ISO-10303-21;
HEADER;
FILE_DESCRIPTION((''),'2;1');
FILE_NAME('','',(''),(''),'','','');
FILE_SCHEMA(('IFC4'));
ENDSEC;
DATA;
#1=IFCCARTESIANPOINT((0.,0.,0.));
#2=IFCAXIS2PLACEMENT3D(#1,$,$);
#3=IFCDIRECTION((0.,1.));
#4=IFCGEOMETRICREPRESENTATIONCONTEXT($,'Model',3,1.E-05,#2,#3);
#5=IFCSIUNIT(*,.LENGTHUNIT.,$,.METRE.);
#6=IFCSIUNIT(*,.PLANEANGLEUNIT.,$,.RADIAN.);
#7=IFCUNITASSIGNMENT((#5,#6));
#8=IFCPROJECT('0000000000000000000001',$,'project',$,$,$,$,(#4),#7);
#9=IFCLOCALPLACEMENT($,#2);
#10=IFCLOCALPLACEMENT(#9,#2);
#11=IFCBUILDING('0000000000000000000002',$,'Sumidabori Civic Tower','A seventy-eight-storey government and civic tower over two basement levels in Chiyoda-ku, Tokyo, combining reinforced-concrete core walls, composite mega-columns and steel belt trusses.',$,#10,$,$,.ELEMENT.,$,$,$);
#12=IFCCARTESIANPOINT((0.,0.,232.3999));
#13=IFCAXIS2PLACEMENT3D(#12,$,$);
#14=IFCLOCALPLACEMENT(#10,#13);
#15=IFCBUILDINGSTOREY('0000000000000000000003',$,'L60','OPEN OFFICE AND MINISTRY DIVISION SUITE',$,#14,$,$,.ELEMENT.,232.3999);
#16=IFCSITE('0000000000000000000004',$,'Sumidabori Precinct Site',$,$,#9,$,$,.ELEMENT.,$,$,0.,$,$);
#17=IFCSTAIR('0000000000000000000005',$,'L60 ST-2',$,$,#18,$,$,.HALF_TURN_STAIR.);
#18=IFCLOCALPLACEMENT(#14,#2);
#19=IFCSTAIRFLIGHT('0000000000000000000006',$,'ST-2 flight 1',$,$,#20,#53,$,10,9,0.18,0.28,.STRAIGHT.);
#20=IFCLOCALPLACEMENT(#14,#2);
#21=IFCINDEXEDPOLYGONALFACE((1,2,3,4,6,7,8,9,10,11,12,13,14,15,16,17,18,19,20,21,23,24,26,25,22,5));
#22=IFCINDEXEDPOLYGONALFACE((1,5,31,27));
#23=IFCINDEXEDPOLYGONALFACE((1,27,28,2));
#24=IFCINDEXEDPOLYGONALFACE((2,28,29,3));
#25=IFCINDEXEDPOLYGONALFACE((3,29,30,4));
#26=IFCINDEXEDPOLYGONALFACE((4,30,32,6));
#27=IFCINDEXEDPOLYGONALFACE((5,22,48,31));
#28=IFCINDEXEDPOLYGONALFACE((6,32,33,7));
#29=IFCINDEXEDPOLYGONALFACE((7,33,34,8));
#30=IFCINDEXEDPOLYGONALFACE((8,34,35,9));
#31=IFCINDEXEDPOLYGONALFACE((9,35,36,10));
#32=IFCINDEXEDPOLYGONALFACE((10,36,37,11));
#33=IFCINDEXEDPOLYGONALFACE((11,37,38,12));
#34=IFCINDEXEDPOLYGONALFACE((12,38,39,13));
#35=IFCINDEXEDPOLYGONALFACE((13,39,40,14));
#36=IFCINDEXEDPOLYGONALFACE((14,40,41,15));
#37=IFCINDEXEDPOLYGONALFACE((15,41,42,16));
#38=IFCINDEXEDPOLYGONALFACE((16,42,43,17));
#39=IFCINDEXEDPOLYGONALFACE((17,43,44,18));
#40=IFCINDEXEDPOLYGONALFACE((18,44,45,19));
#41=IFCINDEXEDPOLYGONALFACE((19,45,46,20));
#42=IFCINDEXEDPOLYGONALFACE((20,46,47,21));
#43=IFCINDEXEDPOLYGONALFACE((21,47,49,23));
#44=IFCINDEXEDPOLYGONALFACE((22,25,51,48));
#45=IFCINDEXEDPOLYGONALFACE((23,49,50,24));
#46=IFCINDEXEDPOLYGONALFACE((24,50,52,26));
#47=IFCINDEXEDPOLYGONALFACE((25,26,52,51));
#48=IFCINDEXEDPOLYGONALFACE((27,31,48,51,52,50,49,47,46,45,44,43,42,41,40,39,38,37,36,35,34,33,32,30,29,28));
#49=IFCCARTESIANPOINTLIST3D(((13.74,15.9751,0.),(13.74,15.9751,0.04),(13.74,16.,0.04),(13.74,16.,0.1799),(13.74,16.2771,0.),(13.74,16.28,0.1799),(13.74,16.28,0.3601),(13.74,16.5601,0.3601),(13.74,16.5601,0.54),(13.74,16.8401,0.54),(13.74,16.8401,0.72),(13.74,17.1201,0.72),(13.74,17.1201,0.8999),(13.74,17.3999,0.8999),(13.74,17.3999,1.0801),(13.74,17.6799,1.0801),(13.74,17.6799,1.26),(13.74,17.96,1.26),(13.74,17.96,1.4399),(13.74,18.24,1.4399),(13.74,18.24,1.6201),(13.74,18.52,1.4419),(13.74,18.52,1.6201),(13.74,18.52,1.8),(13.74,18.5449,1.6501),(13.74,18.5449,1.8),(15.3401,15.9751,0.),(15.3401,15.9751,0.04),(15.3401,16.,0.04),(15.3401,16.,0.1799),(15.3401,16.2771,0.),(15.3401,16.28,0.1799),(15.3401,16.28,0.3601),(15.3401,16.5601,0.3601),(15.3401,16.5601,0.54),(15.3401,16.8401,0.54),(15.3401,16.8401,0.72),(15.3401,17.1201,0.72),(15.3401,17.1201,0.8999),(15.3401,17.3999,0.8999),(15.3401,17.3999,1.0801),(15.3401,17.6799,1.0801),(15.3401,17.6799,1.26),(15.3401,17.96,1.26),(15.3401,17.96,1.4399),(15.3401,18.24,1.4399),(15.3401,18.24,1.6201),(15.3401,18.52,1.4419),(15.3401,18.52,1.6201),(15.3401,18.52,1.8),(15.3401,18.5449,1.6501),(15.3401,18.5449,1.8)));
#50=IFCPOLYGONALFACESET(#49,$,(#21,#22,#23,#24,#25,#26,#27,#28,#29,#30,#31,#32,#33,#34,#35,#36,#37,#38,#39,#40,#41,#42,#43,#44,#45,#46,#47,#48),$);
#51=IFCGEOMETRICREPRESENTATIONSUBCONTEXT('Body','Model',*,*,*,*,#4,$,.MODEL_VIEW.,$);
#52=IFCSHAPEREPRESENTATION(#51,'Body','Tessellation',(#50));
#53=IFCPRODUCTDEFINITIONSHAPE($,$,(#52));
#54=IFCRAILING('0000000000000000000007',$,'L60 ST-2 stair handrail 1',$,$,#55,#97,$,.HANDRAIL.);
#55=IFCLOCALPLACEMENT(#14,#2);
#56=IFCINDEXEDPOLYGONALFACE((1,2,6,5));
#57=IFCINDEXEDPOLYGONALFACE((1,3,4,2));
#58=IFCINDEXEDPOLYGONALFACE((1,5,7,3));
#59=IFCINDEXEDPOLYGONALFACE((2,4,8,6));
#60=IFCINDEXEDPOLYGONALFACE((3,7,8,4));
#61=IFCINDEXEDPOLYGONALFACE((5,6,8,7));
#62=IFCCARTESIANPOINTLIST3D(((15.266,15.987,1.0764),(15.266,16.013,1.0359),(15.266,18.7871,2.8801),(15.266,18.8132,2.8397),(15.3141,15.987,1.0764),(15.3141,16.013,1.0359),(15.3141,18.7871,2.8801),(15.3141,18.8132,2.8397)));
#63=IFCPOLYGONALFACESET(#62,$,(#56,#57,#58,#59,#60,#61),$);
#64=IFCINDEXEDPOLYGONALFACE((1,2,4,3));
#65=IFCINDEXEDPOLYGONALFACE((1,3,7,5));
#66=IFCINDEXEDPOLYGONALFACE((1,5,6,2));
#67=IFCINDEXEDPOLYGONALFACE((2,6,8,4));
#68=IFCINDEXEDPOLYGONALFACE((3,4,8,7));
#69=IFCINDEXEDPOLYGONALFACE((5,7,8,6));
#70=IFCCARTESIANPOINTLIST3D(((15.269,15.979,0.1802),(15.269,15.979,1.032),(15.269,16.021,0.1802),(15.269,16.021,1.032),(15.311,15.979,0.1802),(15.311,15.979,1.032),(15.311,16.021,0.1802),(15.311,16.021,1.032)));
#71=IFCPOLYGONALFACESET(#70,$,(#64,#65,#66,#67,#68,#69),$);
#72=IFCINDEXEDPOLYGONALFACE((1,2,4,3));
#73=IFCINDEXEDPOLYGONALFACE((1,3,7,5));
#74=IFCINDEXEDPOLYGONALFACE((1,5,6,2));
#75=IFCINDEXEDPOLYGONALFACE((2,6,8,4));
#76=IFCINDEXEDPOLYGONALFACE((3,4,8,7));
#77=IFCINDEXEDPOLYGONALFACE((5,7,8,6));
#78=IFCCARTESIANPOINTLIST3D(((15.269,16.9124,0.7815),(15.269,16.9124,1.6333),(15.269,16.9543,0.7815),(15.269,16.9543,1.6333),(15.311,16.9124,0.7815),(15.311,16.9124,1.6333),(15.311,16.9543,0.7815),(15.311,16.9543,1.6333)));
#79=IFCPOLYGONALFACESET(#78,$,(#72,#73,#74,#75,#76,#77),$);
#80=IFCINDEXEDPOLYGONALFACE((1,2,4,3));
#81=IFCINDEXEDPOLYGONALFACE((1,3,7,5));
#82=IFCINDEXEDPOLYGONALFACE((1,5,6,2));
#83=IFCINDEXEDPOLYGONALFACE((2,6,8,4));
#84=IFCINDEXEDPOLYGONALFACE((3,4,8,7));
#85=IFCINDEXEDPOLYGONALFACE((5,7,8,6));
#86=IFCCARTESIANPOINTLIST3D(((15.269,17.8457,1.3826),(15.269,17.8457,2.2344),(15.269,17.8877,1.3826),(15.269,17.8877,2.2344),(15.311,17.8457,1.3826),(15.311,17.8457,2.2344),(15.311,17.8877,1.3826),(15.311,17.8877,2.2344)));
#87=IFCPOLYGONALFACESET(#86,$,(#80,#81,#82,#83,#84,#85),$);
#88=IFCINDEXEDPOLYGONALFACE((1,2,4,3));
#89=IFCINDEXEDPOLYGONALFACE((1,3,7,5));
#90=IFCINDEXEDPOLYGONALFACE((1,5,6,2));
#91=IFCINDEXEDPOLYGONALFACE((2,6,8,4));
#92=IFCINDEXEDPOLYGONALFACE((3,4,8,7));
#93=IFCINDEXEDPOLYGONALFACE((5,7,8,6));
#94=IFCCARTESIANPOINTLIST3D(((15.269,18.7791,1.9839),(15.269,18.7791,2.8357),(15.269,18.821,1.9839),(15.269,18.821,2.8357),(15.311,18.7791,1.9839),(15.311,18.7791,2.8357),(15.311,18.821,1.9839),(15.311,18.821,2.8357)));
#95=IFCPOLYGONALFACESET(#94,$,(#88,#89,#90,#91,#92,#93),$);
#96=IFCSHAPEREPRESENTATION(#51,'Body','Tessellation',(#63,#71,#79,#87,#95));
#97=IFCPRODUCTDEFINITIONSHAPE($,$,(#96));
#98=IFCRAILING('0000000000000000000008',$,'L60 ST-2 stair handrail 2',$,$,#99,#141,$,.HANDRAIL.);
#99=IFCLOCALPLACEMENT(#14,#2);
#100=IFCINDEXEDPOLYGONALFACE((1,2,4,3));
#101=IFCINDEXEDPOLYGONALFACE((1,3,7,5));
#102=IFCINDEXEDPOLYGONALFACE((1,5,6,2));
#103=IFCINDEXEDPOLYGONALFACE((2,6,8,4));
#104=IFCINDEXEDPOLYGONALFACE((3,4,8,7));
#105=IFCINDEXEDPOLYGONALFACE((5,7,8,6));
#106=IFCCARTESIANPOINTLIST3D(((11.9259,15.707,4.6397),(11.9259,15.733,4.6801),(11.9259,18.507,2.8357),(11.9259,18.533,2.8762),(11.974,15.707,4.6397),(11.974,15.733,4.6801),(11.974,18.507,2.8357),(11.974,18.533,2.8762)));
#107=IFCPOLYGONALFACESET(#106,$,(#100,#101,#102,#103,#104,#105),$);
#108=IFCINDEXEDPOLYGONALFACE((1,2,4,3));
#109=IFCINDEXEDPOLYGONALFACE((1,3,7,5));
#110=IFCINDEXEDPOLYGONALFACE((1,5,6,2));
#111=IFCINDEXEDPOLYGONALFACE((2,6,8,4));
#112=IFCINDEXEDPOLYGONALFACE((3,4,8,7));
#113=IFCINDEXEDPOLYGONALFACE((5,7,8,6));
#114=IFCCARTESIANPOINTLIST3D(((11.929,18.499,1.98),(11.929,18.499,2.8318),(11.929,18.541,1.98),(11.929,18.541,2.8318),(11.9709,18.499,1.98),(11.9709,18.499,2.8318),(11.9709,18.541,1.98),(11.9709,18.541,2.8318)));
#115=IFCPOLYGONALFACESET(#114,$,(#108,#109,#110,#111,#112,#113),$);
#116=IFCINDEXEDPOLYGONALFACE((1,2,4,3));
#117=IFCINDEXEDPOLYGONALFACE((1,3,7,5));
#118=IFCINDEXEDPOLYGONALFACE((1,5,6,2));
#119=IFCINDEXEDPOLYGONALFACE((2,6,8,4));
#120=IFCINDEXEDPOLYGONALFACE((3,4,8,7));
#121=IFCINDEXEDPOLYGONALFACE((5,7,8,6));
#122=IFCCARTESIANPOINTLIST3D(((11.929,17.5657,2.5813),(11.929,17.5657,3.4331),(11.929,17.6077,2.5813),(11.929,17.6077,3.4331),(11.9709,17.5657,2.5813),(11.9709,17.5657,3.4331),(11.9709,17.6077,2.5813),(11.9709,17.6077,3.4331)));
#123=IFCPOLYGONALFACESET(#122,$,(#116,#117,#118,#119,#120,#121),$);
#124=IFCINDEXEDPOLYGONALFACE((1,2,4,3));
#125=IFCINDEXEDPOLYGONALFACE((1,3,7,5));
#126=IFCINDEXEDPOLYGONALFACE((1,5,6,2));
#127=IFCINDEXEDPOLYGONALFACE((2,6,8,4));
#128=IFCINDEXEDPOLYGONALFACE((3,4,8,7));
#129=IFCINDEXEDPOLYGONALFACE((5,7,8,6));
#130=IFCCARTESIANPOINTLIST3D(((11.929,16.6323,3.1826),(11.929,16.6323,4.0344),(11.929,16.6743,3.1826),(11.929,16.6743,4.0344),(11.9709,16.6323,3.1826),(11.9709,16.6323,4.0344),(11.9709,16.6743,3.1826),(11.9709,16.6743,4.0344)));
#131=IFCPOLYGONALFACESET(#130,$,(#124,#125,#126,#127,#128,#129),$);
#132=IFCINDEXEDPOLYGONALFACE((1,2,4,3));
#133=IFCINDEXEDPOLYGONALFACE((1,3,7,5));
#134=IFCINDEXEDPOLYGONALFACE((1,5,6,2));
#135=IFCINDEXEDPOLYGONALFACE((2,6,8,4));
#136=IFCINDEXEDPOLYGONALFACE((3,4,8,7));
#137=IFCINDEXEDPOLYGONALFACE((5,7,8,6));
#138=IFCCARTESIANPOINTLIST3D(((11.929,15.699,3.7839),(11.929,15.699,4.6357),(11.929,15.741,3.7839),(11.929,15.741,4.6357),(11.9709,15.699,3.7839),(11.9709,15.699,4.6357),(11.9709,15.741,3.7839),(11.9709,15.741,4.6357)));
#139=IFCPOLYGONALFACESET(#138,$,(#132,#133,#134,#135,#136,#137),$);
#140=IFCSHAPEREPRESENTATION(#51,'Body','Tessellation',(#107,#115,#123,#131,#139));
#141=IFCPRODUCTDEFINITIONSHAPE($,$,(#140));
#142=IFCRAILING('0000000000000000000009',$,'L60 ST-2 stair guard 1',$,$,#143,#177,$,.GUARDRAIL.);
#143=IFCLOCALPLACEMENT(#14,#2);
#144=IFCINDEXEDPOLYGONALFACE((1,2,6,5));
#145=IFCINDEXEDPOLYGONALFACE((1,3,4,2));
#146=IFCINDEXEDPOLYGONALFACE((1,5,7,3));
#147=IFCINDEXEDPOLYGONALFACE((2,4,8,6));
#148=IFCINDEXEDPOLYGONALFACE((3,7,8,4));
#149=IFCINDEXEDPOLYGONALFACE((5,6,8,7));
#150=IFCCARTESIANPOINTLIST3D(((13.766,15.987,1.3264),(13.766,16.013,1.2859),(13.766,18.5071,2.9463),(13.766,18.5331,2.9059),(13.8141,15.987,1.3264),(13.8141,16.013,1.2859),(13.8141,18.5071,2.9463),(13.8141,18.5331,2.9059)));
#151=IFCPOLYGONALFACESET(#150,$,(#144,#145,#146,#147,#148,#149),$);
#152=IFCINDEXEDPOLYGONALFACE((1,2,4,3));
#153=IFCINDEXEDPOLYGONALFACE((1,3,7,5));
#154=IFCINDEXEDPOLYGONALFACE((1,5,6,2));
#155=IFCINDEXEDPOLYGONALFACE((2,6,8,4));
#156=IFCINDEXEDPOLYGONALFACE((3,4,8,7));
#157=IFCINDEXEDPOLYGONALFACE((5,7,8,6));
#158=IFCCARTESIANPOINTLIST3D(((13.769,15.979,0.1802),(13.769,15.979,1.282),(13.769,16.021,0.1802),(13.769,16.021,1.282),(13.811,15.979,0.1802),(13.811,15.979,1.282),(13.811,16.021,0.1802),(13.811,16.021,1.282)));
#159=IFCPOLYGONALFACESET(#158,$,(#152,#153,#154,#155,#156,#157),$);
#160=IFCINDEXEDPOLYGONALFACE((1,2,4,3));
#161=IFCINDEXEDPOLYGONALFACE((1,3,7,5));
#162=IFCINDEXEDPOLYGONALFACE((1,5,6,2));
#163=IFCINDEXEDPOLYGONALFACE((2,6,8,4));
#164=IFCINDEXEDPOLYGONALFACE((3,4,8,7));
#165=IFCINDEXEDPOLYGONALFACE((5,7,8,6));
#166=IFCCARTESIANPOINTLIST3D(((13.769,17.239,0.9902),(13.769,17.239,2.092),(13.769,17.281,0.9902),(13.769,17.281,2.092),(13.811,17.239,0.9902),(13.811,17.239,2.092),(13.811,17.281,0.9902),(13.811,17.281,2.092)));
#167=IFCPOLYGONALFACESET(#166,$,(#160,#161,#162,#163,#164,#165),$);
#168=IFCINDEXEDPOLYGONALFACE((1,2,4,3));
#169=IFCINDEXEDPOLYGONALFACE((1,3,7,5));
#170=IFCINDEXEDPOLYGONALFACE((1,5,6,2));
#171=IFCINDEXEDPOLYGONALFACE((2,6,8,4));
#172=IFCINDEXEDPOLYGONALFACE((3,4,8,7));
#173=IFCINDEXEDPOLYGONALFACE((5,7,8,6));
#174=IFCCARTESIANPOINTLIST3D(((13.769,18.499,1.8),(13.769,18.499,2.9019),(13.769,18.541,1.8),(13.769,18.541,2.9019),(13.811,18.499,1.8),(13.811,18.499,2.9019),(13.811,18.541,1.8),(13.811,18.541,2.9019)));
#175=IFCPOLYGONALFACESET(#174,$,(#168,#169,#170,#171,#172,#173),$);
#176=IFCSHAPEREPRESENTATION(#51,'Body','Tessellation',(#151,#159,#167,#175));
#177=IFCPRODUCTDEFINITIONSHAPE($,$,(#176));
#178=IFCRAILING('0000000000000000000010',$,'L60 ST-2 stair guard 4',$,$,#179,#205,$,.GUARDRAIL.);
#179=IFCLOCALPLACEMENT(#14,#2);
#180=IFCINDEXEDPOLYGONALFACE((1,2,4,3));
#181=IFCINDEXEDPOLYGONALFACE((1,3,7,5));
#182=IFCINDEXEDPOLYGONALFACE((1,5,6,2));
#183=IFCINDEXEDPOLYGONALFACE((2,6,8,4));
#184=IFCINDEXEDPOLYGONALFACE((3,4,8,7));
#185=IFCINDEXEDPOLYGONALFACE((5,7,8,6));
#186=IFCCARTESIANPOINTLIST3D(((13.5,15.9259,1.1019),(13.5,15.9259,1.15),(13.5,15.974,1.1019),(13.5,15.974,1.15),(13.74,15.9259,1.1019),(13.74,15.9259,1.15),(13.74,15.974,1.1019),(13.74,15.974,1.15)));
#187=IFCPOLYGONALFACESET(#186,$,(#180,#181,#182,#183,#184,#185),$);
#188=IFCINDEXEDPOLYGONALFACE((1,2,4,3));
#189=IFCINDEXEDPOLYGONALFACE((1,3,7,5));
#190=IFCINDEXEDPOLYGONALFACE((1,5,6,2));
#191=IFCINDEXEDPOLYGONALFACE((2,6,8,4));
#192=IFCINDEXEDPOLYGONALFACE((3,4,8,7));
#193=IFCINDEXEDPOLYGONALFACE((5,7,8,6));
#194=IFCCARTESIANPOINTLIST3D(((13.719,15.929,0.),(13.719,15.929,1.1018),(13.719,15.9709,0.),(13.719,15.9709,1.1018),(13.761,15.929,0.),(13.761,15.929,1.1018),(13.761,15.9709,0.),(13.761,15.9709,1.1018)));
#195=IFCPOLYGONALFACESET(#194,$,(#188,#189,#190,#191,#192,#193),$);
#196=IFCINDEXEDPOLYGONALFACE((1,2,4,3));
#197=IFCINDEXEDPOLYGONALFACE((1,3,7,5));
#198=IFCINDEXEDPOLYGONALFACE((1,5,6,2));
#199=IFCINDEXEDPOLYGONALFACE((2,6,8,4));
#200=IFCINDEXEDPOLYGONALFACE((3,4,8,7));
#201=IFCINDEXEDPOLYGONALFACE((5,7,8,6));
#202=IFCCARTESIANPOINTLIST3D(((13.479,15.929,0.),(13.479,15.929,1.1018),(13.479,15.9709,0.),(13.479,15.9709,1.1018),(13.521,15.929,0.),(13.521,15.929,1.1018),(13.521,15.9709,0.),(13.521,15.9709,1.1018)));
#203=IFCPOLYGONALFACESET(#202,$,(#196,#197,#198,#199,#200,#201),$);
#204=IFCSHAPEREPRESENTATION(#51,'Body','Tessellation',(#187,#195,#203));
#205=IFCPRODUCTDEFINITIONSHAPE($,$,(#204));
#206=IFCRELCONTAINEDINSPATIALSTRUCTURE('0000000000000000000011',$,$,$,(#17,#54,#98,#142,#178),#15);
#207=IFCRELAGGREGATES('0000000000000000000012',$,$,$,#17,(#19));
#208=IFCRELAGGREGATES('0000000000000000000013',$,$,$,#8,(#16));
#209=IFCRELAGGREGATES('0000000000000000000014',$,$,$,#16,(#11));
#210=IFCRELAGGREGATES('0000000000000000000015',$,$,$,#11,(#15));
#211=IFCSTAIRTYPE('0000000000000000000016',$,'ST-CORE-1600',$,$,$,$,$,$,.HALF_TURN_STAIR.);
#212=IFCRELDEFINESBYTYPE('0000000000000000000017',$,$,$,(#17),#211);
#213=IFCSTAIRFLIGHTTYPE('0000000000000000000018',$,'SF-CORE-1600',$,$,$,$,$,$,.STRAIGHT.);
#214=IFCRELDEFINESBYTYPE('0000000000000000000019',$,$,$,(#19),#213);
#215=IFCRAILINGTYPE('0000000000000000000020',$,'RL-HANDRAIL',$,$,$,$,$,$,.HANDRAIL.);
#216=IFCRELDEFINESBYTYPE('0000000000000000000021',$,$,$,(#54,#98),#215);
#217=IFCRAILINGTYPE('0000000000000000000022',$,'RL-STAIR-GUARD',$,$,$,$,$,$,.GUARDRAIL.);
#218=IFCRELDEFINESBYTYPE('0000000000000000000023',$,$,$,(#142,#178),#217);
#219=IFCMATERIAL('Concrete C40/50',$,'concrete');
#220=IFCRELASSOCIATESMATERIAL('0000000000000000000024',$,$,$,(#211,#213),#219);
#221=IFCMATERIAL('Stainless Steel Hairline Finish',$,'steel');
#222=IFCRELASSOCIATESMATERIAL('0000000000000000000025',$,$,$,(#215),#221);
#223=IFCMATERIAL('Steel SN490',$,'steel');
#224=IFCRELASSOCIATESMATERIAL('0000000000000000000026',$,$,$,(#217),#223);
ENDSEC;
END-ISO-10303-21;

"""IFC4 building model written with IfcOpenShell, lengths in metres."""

from ifc_helpers import new_model, si_unit, direction, frame, origin, origin_2d, place, context, subcontext, project, spatial, polyline, rectangle, outline, extrude, source, transform, mapped, material, type_object, element, aggregate, save


model = new_model("IFC4")

# Units and contexts
model_context = context("Model", 3, precision=1e-05, world=origin(), true_north=direction((0.0, 1.0)))
body_context = subcontext(model_context, "Body", "Model", "MODEL_VIEW")
ifc_project = project(units=[si_unit("LENGTHUNIT", "METRE"), si_unit("PLANEANGLEUNIT", "RADIAN")], contexts=[model_context])

# Site, building, storey
site_placement = place(None, origin())
site = spatial("IfcSite", under=ifc_project, at=site_placement, Name="Sumidabori Precinct Site", CompositionType="ELEMENT", RefElevation=0.0)
building_placement = place(site_placement, origin())
building = spatial("IfcBuilding", under=site, at=building_placement, Name="Sumidabori Civic Tower", Description="A seventy-eight-storey government and civic tower over two basement levels in Chiyoda-ku, Tokyo, combining reinforced-concrete core walls, composite mega-columns and steel belt trusses.", CompositionType="ELEMENT")
storey_placement = place(building_placement, frame((0.0, 0.0, 232.3999)))
storey = spatial("IfcBuildingStorey", under=building, at=storey_placement, Name="L60", Description="OPEN OFFICE AND MINISTRY DIVISION SUITE", CompositionType="ELEMENT", Elevation=232.3999)

# Shared definitions
ifc_material_1 = material(Name="Steel SN490", Category="steel")

# Shared definitions
ifc_material_2 = material(Name="Stainless Steel Hairline Finish", Category="steel")

# Stair, stair flight
ifc_material_3 = material(Name="Concrete C40/50", Category="concrete")
stair_type = type_object("IfcStairType", Name="ST-CORE-1600", PredefinedType="HALF_TURN_STAIR", material=ifc_material_3)
stair_placement = place(storey_placement, origin())
stair = element("IfcStair", 1, at=stair_placement, inside=storey, type_object=stair_type, Name="L60 ST-2", PredefinedType="HALF_TURN_STAIR")
stair_flight_type = type_object("IfcStairFlightType", Name="SF-CORE-1600", PredefinedType="STRAIGHT", material=ifc_material_3)
shared_shape_1 = source(origin(), body_context, "Body", "SweptSolid", [
    extrude(outline(polyline([(-0.0249, 0.0), (-0.0249, 0.04), (0.0, 0.04), (0.0, 0.1799), (0.28, 0.1799), (0.28, 0.3601), (0.5601, 0.3601), (0.5601, 0.54), (0.8401, 0.54), (0.8401, 0.72), (1.1201, 0.72), (1.1201, 0.8999), (1.3999, 0.8999), (1.3999, 1.0801), (1.6799, 1.0801), (1.6799, 1.26), (1.96, 1.26), (1.96, 1.4399), (2.24, 1.4399), (2.24, 1.6201), (2.52, 1.6201), (2.52, 1.8), (2.5449, 1.8), (2.5449, 1.6501), (2.52, 1.4419), (0.2771, 0.0), (-0.0249, 0.0)])), frame((0.0, 0.8, 0.0), z_axis=(0.0, -1.0, 0.0), x_axis=(1.0, 0.0, 0.0)), (0.0, 0.0, 1.0), 1.6001),
])
stair_flight_placement = place(storey_placement, frame((14.54, 16.0, 0.0), z_axis=(0.0, 0.0, 1.0), x_axis=(0.0, 1.0, 0.0)))
stair_flight = element("IfcStairFlight", 2, at=stair_flight_placement, type_object=stair_flight_type, Name="ST-2 flight 1", NumberOfRisers=10, NumberOfTreads=9, PredefinedType="STRAIGHT", RiserHeight=0.18, TreadLength=0.28, context=body_context, shape_type="MappedRepresentation", body=[
    mapped(shared_shape_1, transform((0.0, 0.0, 0.0), x_axis=(1.0, 0.0, 0.0), y_axis=(0.0, 1.0, 0.0), z_axis=(0.0, 0.0, 1.0), scale=1.0)),
])
aggregate(stair, [stair_flight])

# Railings
railing_type_1 = type_object("IfcRailingType", Name="RL-HANDRAIL", PredefinedType="HANDRAIL", material=ifc_material_2)
railing_1_placement = place(storey_placement, frame((15.29, 16.0, 0.1802)))
element("IfcRailing", 3, at=railing_1_placement, inside=storey, type_object=railing_type_1, Name="L60 ST-2 stair handrail 1", PredefinedType="HANDRAIL", context=body_context, shape_type="SweptSolid", body=[
    extrude(rectangle(XDim=0.0481, YDim=0.0481, at=origin_2d()), frame((0.0, 0.0, 0.876), z_axis=(0.0, 0.840676, 0.541539), x_axis=(-1.0, 0.0, 0.0)), (0.0, 0.0, 1.0), 3.3308),
    extrude(rectangle(XDim=0.042, YDim=0.042, at=origin_2d()), origin(), (0.0, 0.0, 1.0), 0.8518),
    extrude(rectangle(XDim=0.042, YDim=0.042, at=origin_2d()), frame((0.0, 0.9333, 0.6013)), (0.0, 0.0, 1.0), 0.8518),
    extrude(rectangle(XDim=0.042, YDim=0.042, at=origin_2d()), frame((0.0, 1.8667, 1.2024)), (0.0, 0.0, 1.0), 0.8518),
    extrude(rectangle(XDim=0.042, YDim=0.042, at=origin_2d()), frame((0.0, 2.8, 1.8037)), (0.0, 0.0, 1.0), 0.8518),
])
railing_2_placement = place(storey_placement, frame((11.95, 18.52, 1.98)))
element("IfcRailing", 4, at=railing_2_placement, inside=storey, type_object=railing_type_1, Name="L60 ST-2 stair handrail 2", PredefinedType="HANDRAIL", context=body_context, shape_type="SweptSolid", body=[
    extrude(rectangle(XDim=0.0481, YDim=0.0481, at=origin_2d()), frame((0.0, 0.0, 0.876), z_axis=(0.0, -0.840642, 0.541591), x_axis=(1.0, 0.0, 0.0)), (0.0, 0.0, 1.0), 3.3308),
    extrude(rectangle(XDim=0.042, YDim=0.042, at=origin_2d()), origin(), (0.0, 0.0, 1.0), 0.8518),
    extrude(rectangle(XDim=0.042, YDim=0.042, at=origin_2d()), frame((0.0, -0.9333, 0.6013)), (0.0, 0.0, 1.0), 0.8518),
    extrude(rectangle(XDim=0.042, YDim=0.042, at=origin_2d()), frame((0.0, -1.8667, 1.2026)), (0.0, 0.0, 1.0), 0.8518),
    extrude(rectangle(XDim=0.042, YDim=0.042, at=origin_2d()), frame((0.0, -2.8, 1.804)), (0.0, 0.0, 1.0), 0.8518),
])
railing_type_2 = type_object("IfcRailingType", Name="RL-STAIR-GUARD", PredefinedType="GUARDRAIL", material=ifc_material_1)
railing_3_placement = place(storey_placement, frame((13.79, 16.0, 0.1802)))
element("IfcRailing", 5, at=railing_3_placement, inside=storey, type_object=railing_type_2, Name="L60 ST-2 stair guard 1", PredefinedType="GUARDRAIL", context=body_context, shape_type="SweptSolid", body=[
    extrude(rectangle(XDim=0.0481, YDim=0.0481, at=origin_2d()), frame((0.0, 0.0, 1.126), z_axis=(0.0, 0.8412, 0.540725), x_axis=(-1.0, 0.0, 0.0)), (0.0, 0.0, 1.0), 2.9958),
    extrude(rectangle(XDim=0.042, YDim=0.042, at=origin_2d()), origin(), (0.0, 0.0, 1.0), 1.1018),
    extrude(rectangle(XDim=0.042, YDim=0.042, at=origin_2d()), frame((0.0, 1.26, 0.8101)), (0.0, 0.0, 1.0), 1.1018),
    extrude(rectangle(XDim=0.042, YDim=0.042, at=origin_2d()), frame((0.0, 2.52, 1.6199)), (0.0, 0.0, 1.0), 1.1018),
])
railing_4_placement = place(storey_placement, frame((13.74, 15.95, 0.0)))
element("IfcRailing", 6, at=railing_4_placement, inside=storey, type_object=railing_type_2, Name="L60 ST-2 stair guard 4", PredefinedType="GUARDRAIL", context=body_context, shape_type="SweptSolid", body=[
    extrude(rectangle(XDim=0.0481, YDim=0.0481, at=origin_2d()), frame((0.0, 0.0, 1.126), z_axis=(-1.0, 0.0, 0.0), x_axis=(0.0, -1.0, 0.0)), (0.0, 0.0, 1.0), 0.24),
    extrude(rectangle(XDim=0.042, YDim=0.042, at=origin_2d()), origin(), (0.0, 0.0, 1.0), 1.1018),
    extrude(rectangle(XDim=0.042, YDim=0.042, at=origin_2d()), frame((-0.24, 0.0, 0.0)), (0.0, 0.0, 1.0), 1.1018),
])

save(model, "model.ifc")
